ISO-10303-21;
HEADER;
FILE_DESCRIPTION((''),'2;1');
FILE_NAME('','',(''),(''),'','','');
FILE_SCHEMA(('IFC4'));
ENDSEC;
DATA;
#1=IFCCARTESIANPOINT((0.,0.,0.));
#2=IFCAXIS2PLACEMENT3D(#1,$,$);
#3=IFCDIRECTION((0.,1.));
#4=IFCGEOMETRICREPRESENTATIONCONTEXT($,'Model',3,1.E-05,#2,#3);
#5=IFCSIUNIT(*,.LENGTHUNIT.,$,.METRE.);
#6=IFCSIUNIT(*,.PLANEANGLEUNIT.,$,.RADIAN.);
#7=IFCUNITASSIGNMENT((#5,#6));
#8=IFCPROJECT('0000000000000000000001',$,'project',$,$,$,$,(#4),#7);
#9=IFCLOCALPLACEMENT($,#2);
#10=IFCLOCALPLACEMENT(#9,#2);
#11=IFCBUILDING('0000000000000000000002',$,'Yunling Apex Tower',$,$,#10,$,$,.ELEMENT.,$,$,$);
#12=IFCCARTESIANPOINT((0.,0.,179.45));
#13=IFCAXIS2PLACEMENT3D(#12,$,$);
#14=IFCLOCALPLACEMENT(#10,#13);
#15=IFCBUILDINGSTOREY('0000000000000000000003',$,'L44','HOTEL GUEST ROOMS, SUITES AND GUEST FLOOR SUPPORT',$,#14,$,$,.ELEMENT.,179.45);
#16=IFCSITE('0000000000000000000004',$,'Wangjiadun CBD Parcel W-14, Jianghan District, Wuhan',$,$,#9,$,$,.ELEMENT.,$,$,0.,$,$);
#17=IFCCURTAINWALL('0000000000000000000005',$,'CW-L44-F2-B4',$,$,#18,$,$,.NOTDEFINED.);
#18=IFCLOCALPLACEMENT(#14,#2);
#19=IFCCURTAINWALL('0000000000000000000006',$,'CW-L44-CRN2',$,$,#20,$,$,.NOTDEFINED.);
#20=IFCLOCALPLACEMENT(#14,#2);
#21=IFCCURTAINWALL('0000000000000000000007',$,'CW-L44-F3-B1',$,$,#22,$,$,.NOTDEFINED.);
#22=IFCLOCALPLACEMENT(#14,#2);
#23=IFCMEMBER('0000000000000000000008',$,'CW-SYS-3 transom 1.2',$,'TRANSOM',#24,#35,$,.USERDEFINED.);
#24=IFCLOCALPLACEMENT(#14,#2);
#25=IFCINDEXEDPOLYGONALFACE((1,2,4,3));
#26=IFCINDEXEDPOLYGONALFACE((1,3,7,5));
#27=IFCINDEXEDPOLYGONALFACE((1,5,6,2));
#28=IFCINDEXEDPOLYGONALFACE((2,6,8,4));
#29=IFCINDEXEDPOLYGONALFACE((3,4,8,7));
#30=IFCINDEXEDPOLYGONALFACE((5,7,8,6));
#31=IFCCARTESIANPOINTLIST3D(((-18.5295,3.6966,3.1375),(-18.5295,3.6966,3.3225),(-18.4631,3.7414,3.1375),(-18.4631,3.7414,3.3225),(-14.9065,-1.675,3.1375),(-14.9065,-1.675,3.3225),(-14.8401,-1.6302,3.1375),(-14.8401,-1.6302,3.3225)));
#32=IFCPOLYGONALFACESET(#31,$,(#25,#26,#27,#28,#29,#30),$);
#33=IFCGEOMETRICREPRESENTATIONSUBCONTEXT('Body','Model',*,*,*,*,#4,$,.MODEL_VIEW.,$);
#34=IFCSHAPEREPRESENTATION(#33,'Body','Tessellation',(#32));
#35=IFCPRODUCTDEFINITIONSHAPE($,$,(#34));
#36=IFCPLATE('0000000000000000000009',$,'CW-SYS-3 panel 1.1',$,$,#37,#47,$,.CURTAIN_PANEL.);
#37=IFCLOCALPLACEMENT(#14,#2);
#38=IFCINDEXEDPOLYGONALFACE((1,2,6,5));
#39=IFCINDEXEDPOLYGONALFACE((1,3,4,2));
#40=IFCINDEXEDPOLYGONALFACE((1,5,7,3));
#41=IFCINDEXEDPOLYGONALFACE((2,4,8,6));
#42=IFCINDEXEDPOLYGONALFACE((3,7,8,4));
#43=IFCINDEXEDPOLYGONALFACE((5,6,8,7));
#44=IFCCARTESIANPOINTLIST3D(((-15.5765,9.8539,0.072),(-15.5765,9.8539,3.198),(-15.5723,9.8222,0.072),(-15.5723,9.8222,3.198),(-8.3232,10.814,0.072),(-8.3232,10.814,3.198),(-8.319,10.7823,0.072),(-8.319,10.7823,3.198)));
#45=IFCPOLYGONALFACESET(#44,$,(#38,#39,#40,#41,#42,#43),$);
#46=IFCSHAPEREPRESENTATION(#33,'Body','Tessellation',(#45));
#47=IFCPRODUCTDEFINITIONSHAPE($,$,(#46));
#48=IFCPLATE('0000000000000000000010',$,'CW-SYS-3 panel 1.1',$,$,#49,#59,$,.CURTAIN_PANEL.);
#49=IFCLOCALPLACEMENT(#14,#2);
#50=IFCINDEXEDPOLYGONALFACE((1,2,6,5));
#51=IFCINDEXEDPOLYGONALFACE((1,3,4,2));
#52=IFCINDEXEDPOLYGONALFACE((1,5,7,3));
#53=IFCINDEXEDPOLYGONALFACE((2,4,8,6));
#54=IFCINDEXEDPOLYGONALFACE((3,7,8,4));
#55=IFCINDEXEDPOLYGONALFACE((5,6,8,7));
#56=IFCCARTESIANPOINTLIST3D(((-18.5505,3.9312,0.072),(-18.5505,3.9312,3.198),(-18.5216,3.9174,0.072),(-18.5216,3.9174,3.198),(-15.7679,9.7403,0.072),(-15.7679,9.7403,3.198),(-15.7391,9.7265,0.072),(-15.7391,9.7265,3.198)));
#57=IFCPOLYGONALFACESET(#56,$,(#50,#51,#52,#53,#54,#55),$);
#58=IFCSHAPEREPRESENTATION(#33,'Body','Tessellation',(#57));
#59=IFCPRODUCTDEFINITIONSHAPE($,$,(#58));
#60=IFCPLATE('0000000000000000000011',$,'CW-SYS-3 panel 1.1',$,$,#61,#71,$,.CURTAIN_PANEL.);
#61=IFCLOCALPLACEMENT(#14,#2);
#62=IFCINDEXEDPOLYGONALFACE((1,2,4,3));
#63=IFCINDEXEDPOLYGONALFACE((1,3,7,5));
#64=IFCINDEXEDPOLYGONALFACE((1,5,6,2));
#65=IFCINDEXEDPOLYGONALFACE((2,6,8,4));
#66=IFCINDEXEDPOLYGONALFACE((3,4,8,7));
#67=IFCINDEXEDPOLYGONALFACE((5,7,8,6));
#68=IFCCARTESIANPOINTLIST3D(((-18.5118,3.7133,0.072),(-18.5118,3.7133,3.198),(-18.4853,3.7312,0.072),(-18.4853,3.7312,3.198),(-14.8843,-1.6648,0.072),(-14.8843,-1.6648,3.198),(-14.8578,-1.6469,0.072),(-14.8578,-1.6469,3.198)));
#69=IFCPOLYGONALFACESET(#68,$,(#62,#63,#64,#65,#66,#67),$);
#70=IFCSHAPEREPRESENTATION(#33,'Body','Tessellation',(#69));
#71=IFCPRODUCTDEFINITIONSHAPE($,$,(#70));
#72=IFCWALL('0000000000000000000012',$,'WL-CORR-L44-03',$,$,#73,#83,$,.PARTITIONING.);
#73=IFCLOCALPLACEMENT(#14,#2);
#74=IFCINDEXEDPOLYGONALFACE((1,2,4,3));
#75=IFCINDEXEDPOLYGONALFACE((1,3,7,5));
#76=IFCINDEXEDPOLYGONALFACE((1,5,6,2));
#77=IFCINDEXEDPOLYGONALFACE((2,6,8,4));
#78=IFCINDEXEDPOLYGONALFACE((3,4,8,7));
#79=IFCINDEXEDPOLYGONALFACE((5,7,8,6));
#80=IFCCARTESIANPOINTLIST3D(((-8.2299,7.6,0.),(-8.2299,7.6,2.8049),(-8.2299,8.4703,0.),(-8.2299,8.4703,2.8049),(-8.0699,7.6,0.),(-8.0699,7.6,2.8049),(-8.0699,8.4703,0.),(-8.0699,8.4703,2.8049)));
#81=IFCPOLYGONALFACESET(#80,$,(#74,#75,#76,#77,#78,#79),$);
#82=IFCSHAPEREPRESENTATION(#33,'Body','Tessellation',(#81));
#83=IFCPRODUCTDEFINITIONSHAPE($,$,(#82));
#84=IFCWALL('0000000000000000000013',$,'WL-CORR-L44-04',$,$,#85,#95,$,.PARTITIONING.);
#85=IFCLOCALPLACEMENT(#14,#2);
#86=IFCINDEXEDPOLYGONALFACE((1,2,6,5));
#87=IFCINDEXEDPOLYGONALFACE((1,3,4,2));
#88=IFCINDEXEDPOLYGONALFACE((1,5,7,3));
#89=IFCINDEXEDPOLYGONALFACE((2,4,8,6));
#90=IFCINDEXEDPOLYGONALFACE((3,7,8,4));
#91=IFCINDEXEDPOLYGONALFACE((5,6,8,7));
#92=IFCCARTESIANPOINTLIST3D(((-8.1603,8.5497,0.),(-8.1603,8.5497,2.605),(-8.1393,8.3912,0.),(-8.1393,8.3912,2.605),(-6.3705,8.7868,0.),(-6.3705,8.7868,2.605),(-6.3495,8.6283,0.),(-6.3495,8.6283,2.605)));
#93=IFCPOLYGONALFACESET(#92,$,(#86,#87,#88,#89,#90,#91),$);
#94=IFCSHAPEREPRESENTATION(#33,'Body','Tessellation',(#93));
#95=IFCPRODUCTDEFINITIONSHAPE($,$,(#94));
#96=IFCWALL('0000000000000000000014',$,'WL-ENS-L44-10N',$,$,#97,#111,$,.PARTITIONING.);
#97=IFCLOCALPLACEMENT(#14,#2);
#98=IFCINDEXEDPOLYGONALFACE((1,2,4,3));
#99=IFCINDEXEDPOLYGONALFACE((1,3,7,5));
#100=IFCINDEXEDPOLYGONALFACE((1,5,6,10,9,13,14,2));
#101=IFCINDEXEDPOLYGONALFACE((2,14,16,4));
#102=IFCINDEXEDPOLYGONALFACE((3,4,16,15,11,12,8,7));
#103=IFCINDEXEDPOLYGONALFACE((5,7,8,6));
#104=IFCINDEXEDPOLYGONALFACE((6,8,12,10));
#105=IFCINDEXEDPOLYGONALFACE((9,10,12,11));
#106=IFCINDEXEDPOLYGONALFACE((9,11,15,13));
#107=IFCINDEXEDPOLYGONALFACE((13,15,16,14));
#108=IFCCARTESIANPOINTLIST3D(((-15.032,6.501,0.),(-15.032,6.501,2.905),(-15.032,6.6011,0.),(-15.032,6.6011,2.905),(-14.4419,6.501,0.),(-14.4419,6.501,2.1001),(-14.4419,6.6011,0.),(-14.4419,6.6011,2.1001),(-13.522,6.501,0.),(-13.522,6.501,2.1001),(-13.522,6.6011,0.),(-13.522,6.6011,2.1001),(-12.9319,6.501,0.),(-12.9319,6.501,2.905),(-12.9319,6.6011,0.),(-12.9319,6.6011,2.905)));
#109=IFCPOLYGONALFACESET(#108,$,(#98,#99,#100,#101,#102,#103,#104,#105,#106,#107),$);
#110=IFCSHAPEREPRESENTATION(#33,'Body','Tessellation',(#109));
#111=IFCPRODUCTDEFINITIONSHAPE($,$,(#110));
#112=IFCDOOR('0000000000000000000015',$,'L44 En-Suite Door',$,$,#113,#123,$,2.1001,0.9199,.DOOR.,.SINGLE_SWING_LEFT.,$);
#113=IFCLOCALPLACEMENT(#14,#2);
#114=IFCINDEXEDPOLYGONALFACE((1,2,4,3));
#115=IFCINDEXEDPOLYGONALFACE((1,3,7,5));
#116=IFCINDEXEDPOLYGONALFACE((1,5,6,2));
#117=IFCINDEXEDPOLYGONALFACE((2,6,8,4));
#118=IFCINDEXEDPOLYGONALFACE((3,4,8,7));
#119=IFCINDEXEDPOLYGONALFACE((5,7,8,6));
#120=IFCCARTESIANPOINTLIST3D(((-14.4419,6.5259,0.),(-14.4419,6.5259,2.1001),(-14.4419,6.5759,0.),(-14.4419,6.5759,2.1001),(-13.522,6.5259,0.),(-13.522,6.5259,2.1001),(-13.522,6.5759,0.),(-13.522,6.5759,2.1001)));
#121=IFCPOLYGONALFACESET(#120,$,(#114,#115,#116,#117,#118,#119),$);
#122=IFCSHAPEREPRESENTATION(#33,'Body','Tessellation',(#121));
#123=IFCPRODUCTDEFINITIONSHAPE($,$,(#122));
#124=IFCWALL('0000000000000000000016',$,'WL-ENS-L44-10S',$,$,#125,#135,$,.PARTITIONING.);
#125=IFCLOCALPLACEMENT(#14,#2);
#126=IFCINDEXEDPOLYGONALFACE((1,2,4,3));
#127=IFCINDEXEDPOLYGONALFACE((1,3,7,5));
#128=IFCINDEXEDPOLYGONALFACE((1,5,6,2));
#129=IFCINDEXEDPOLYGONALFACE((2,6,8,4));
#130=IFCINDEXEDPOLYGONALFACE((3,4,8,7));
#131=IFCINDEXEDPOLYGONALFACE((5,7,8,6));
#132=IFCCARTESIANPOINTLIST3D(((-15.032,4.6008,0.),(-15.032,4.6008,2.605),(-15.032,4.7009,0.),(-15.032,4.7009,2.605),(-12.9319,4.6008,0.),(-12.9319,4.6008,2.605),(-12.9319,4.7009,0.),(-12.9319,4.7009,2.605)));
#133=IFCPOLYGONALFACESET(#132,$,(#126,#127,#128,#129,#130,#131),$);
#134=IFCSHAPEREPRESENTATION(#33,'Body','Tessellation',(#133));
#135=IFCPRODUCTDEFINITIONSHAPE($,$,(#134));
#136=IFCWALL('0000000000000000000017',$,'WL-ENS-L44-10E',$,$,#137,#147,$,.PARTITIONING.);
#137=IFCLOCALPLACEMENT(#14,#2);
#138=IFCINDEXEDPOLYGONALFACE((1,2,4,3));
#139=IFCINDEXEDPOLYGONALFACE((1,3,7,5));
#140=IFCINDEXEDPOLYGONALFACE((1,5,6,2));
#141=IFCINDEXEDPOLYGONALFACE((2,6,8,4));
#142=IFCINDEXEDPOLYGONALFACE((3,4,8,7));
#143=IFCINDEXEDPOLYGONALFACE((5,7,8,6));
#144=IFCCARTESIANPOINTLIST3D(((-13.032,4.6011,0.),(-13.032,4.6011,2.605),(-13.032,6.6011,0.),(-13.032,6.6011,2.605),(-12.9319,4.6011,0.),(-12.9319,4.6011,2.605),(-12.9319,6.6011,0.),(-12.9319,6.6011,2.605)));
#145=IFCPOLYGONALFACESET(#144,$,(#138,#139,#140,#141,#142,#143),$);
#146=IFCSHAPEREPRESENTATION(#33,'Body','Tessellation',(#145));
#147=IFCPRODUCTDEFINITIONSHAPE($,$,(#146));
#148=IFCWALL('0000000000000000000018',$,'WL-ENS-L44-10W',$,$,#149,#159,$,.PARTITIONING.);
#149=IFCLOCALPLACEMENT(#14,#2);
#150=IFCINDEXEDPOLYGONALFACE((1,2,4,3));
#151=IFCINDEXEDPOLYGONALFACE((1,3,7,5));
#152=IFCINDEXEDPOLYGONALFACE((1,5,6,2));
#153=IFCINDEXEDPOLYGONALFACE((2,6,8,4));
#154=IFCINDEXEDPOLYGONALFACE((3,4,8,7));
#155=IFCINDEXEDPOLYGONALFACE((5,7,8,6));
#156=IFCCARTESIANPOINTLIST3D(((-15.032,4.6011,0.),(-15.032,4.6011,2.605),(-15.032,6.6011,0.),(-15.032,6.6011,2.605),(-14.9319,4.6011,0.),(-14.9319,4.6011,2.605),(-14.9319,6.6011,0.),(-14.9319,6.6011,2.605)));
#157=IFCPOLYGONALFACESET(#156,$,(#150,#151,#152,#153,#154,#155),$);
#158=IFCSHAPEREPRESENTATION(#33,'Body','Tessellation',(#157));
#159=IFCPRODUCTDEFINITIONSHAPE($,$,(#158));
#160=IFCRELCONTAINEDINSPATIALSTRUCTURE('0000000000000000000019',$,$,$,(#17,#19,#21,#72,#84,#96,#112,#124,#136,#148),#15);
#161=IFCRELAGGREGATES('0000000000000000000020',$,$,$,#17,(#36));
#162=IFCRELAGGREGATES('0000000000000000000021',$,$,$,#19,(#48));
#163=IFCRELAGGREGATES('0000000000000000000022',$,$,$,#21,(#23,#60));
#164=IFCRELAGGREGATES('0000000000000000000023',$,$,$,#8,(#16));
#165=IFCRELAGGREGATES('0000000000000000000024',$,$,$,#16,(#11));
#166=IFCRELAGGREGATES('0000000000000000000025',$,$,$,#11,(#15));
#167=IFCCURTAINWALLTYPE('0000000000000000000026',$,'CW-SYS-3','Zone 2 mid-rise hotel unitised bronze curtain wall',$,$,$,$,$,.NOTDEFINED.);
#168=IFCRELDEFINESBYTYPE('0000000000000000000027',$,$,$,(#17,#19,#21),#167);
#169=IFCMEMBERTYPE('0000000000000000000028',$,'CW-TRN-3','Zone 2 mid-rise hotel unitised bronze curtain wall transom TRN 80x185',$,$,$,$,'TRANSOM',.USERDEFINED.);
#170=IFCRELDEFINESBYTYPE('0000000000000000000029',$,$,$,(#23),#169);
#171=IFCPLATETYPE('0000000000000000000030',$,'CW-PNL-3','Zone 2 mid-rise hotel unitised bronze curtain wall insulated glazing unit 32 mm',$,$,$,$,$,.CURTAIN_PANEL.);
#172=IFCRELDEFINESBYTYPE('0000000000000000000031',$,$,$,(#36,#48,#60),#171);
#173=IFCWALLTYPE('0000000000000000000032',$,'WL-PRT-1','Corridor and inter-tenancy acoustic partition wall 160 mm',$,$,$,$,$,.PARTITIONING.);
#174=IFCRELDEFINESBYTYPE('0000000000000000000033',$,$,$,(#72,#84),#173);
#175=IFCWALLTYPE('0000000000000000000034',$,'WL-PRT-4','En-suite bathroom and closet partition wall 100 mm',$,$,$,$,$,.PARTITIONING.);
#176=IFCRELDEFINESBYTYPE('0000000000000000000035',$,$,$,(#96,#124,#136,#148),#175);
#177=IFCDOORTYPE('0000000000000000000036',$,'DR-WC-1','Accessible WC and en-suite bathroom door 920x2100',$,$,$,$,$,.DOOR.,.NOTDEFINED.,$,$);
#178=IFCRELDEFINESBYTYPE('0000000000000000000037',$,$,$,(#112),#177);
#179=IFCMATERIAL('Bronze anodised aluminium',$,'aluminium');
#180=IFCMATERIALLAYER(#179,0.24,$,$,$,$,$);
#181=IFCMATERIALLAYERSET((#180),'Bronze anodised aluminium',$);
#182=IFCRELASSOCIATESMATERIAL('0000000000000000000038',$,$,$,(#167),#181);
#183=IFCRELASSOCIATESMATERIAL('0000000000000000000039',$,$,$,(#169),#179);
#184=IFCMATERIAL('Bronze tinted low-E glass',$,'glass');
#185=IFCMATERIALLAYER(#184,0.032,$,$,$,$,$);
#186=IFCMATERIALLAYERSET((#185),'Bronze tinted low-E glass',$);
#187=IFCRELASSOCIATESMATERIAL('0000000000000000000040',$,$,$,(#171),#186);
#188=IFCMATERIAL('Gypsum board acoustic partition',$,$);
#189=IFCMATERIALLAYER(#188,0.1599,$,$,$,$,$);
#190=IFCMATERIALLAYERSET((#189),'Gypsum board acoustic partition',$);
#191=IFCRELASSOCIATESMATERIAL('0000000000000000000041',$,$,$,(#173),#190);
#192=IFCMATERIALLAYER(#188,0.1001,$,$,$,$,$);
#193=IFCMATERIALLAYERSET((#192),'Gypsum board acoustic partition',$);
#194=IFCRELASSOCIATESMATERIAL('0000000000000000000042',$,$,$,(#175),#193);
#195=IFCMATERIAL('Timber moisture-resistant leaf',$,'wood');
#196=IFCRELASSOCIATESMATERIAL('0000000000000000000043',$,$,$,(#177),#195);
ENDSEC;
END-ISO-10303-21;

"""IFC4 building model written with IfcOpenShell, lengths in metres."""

from ifc_helpers import new_model, si_unit, direction, frame, frame_2d, origin, origin_2d, place, context, subcontext, project, spatial, rectangle, extrude, source, transform, mapped, material, layer, layer_set, material_profile, profile_set, type_object, element, fill, aggregate, save


model = new_model("IFC4")

# Units and contexts
model_context = context("Model", 3, precision=1e-05, world=origin(), true_north=direction((0.0, 1.0)))
body_context = subcontext(model_context, "Body", "Model", "MODEL_VIEW")
ifc_project = project(units=[si_unit("LENGTHUNIT", "METRE"), si_unit("PLANEANGLEUNIT", "RADIAN")], contexts=[model_context])

# Site, building, storey
site_placement = place(None, origin())
site = spatial("IfcSite", under=ifc_project, at=site_placement, Name="Wangjiadun CBD Parcel W-14, Jianghan District, Wuhan", CompositionType="ELEMENT", RefElevation=0.0)
building_placement = place(site_placement, origin())
building = spatial("IfcBuilding", under=site, at=building_placement, Name="Yunling Apex Tower", CompositionType="ELEMENT")
storey_placement = place(building_placement, frame((0.0, 0.0, 179.45)))
storey = spatial("IfcBuildingStorey", under=building, at=storey_placement, Name="L44", Description="HOTEL GUEST ROOMS, SUITES AND GUEST FLOOR SUPPORT", CompositionType="ELEMENT", Elevation=179.45)

# Curtain walls
ifc_material_1 = material(Name="Bronze anodised aluminium", Category="aluminium")
ifc_layer_1 = layer(ifc_material_1, 0.24)
ifc_layer_set_1 = layer_set([ifc_layer_1], Name="Bronze anodised aluminium")
curtain_wall_type = type_object("IfcCurtainWallType", Name="CW-SYS-3", Description="Zone 2 mid-rise hotel unitised bronze curtain wall", PredefinedType="NOTDEFINED", material=ifc_layer_set_1)
curtain_wall_1_placement = place(storey_placement, origin())
curtain_wall_1 = element("IfcCurtainWall", 1, at=curtain_wall_1_placement, inside=storey, type_object=curtain_wall_type, Name="CW-L44-F2-B4", PredefinedType="NOTDEFINED")
curtain_wall_2_placement = place(storey_placement, origin())
curtain_wall_2 = element("IfcCurtainWall", 2, at=curtain_wall_2_placement, inside=storey, type_object=curtain_wall_type, Name="CW-L44-CRN2", PredefinedType="NOTDEFINED")

# Curtain wall
curtain_wall_3_placement = place(storey_placement, origin())
curtain_wall_3 = element("IfcCurtainWall", 3, at=curtain_wall_3_placement, inside=storey, type_object=curtain_wall_type, Name="CW-L44-F3-B1", PredefinedType="NOTDEFINED")

# Member
ifc_material_profile_1 = material_profile(ifc_material_1, rectangle(XDim=0.0801, YDim=0.1851, at=origin_2d()))
ifc_profile_set_1 = profile_set([ifc_material_profile_1], Name="Bronze anodised aluminium")
member_type_1 = type_object("IfcMemberType", Name="CW-TRN-3", Description="Zone 2 mid-rise hotel unitised bronze curtain wall transom TRN 80x185", ElementType="TRANSOM", PredefinedType="USERDEFINED", material=ifc_profile_set_1)
shared_shape_1 = source(origin(), body_context, "Body", "SweptSolid", [
    extrude(rectangle(XDim=0.0801, YDim=0.1851, at=origin_2d()), origin(), (0.0, 0.0, 1.0), 6.4792),
])
member_1_placement = place(storey_placement, frame((-18.4963, 3.719, 3.23), z_axis=(0.559179, -0.829047, 0.0), x_axis=(0.829047, 0.559179, 0.0)))
member_1 = element("IfcMember", 4, at=member_1_placement, type_object=member_type_1, Name="CW-SYS-3 transom 1.2", ObjectType="TRANSOM", PredefinedType="USERDEFINED", context=body_context, shape_type="MappedRepresentation", body=[
    mapped(shared_shape_1, transform((0.0, 0.0, 0.0), scale=1.0)),
])

# Plates
ifc_material_2 = material(Name="Bronze tinted low-E glass", Category="glass")
ifc_layer_2 = layer(ifc_material_2, 0.032)
ifc_layer_set_2 = layer_set([ifc_layer_2], Name="Bronze tinted low-E glass")
plate_type = type_object("IfcPlateType", Name="CW-PNL-3", Description="Zone 2 mid-rise hotel unitised bronze curtain wall insulated glazing unit 32 mm", PredefinedType="CURTAIN_PANEL", material=ifc_layer_set_2)
shared_shape_2 = source(origin(), body_context, "Body", "SweptSolid", [
    extrude(rectangle(XDim=7.3167, YDim=0.032, at=origin_2d()), origin(), (0.0, 0.0, 1.0), 3.126),
])
plate_1_placement = place(storey_placement, frame((-11.9478, 10.3181, 0.072), z_axis=(0.0, 0.0, 1.0), x_axis=(-0.991353, -0.131222, 0.0)))
plate_1 = element("IfcPlate", 5, at=plate_1_placement, type_object=plate_type, Name="CW-SYS-3 panel 1.1", PredefinedType="CURTAIN_PANEL", context=body_context, shape_type="MappedRepresentation", body=[
    mapped(shared_shape_2, transform((0.0, 0.0, 0.0), scale=1.0)),
])
aggregate(curtain_wall_1, [plate_1])
shared_shape_3 = source(origin(), body_context, "Body", "SweptSolid", [
    extrude(rectangle(XDim=6.4412, YDim=0.032, at=origin_2d()), origin(), (0.0, 0.0, 1.0), 3.126),
])
plate_2_placement = place(storey_placement, frame((-17.1448, 6.8289, 0.072), z_axis=(0.0, 0.0, 1.0), x_axis=(-0.431994, -0.901877, 0.0)))
plate_2 = element("IfcPlate", 6, at=plate_2_placement, type_object=plate_type, Name="CW-SYS-3 panel 1.1", PredefinedType="CURTAIN_PANEL", context=body_context, shape_type="MappedRepresentation", body=[
    mapped(shared_shape_3, transform((0.0, 0.0, 0.0), scale=1.0)),
])
aggregate(curtain_wall_2, [plate_2])
shared_shape_4 = source(origin(), body_context, "Body", "SweptSolid", [
    extrude(rectangle(XDim=6.4871, YDim=0.032, at=origin_2d()), origin(), (0.0, 0.0, 1.0), 3.126),
])
plate_3_placement = place(storey_placement, frame((-16.6848, 1.0332, 0.072), z_axis=(0.0, 0.0, 1.0), x_axis=(0.559181, -0.829045, 0.0)))
plate_3 = element("IfcPlate", 7, at=plate_3_placement, type_object=plate_type, Name="CW-SYS-3 panel 1.1", PredefinedType="CURTAIN_PANEL", context=body_context, shape_type="MappedRepresentation", body=[
    mapped(shared_shape_4, transform((0.0, 0.0, 0.0), scale=1.0)),
])
aggregate(curtain_wall_3, [member_1, plate_3])

# Walls
ifc_material_3 = material(Name="Gypsum board acoustic partition")
ifc_layer_3 = layer(ifc_material_3, 0.1599)
ifc_layer_set_3 = layer_set([ifc_layer_3], Name="Gypsum board acoustic partition")
wall_type_1 = type_object("IfcWallType", Name="WL-PRT-1", Description="Corridor and inter-tenancy acoustic partition wall 160 mm", PredefinedType="PARTITIONING", material=ifc_layer_set_3)
wall_1_placement = place(storey_placement, frame((-8.1499, 7.6001, 0.0), z_axis=(0.0, 0.0, 1.0), x_axis=(0.0, 1.0, 0.0)))
element("IfcWall", 8, at=wall_1_placement, inside=storey, type_object=wall_type_1, Name="WL-CORR-L44-03", PredefinedType="PARTITIONING", context=body_context, shape_type="SweptSolid", body=[
    extrude(rectangle(XDim=0.8704, YDim=0.1599, at=frame_2d((0.4351, 0.0))), origin(), (0.0, 0.0, 1.0), 2.8049),
])
wall_2_placement = place(storey_placement, frame((-8.1499, 8.4705, 0.0), z_axis=(0.0, 0.0, 1.0), x_axis=(0.991342, 0.131304, 0.0)))
element("IfcWall", 9, at=wall_2_placement, inside=storey, type_object=wall_type_1, Name="WL-CORR-L44-04", PredefinedType="PARTITIONING", context=body_context, shape_type="SweptSolid", body=[
    extrude(rectangle(XDim=1.8054, YDim=0.1599, at=frame_2d((0.9028, 0.0))), origin(), (0.0, 0.0, 1.0), 2.605),
])

# Wall, opening, door
ifc_layer_4 = layer(ifc_material_3, 0.1001)
ifc_layer_set_4 = layer_set([ifc_layer_4], Name="Gypsum board acoustic partition")
wall_type_2 = type_object("IfcWallType", Name="WL-PRT-4", Description="En-suite bathroom and closet partition wall 100 mm", PredefinedType="PARTITIONING", material=ifc_layer_set_4)
wall_3_placement = place(storey_placement, frame((-15.032, 6.551, 0.0), z_axis=(0.0, 0.0, 1.0), x_axis=(1.0, 0.0, 0.0)))
wall_3 = element("IfcWall", 10, at=wall_3_placement, inside=storey, type_object=wall_type_2, Name="WL-ENS-L44-10N", PredefinedType="PARTITIONING", context=body_context, shape_type="SweptSolid", body=[
    extrude(rectangle(XDim=2.1001, YDim=0.1001, at=frame_2d((1.05, 0.0))), origin(), (0.0, 0.0, 1.0), 2.905),
])
opening_placement = place(wall_3_placement, frame((0.5901, 0.0, 0.0)))
opening = element("IfcOpeningElement", 11, at=opening_placement, cuts=wall_3, PredefinedType="OPENING", context=body_context, shape_type="SweptSolid", body=[
    extrude(rectangle(XDim=0.9199, YDim=2.1001, at=frame_2d((0.46, 1.05))), frame((0.0, 0.0601, 0.0), z_axis=(0.0, -1.0, 0.0), x_axis=(1.0, 0.0, 0.0)), (0.0, 0.0, 1.0), 0.1201),
])
ifc_material_4 = material(Name="Timber moisture-resistant leaf", Category="wood")
door_type = type_object("IfcDoorType", Name="DR-WC-1", Description="Accessible WC and en-suite bathroom door 920x2100", OperationType="NOTDEFINED", PredefinedType="DOOR", material=ifc_material_4)
door_placement = place(opening_placement, origin())
door = element("IfcDoor", 12, at=door_placement, inside=storey, type_object=door_type, Name="L44 En-Suite Door", OperationType="SINGLE_SWING_LEFT", OverallHeight=2.1001, OverallWidth=0.9199, PredefinedType="DOOR", context=body_context, shape_type="SweptSolid", body=[
    extrude(rectangle(XDim=0.9199, YDim=2.1001, at=frame_2d((0.46, 1.05))), frame((0.0, 0.0249, 0.0), z_axis=(0.0, -1.0, 0.0), x_axis=(1.0, 0.0, 0.0)), (0.0, 0.0, 1.0), 0.05),
])
fill(opening, door)

# Walls
wall_4_placement = place(storey_placement, frame((-12.9319, 4.6509, 0.0), z_axis=(0.0, 0.0, 1.0), x_axis=(-1.0, 0.0, 0.0)))
element("IfcWall", 13, at=wall_4_placement, inside=storey, type_object=wall_type_2, Name="WL-ENS-L44-10S", PredefinedType="PARTITIONING", context=body_context, shape_type="SweptSolid", body=[
    extrude(rectangle(XDim=2.1001, YDim=0.1001, at=frame_2d((1.05, 0.0))), origin(), (0.0, 0.0, 1.0), 2.605),
])
for number, where, z_axis, x_axis, name in (
    (14, (-12.9819, 6.6011, 0.0), (0.0, 0.0, 1.0), (0.0, -1.0, 0.0), "WL-ENS-L44-10E"),
    (15, (-14.9819, 4.6011, 0.0), (0.0, 0.0, 1.0), (0.0, 1.0, 0.0), "WL-ENS-L44-10W"),
):
    element("IfcWall", number, at=place(storey_placement, frame(where, z_axis=z_axis, x_axis=x_axis)), inside=storey, type_object=wall_type_2, Name=name, PredefinedType="PARTITIONING", context=body_context, shape_type="SweptSolid", body=[
        extrude(rectangle(XDim=2.0, YDim=0.1001, at=frame_2d((1.0, 0.0))), origin(), (0.0, 0.0, 1.0), 2.605),
    ])

save(model, "model.ifc")
